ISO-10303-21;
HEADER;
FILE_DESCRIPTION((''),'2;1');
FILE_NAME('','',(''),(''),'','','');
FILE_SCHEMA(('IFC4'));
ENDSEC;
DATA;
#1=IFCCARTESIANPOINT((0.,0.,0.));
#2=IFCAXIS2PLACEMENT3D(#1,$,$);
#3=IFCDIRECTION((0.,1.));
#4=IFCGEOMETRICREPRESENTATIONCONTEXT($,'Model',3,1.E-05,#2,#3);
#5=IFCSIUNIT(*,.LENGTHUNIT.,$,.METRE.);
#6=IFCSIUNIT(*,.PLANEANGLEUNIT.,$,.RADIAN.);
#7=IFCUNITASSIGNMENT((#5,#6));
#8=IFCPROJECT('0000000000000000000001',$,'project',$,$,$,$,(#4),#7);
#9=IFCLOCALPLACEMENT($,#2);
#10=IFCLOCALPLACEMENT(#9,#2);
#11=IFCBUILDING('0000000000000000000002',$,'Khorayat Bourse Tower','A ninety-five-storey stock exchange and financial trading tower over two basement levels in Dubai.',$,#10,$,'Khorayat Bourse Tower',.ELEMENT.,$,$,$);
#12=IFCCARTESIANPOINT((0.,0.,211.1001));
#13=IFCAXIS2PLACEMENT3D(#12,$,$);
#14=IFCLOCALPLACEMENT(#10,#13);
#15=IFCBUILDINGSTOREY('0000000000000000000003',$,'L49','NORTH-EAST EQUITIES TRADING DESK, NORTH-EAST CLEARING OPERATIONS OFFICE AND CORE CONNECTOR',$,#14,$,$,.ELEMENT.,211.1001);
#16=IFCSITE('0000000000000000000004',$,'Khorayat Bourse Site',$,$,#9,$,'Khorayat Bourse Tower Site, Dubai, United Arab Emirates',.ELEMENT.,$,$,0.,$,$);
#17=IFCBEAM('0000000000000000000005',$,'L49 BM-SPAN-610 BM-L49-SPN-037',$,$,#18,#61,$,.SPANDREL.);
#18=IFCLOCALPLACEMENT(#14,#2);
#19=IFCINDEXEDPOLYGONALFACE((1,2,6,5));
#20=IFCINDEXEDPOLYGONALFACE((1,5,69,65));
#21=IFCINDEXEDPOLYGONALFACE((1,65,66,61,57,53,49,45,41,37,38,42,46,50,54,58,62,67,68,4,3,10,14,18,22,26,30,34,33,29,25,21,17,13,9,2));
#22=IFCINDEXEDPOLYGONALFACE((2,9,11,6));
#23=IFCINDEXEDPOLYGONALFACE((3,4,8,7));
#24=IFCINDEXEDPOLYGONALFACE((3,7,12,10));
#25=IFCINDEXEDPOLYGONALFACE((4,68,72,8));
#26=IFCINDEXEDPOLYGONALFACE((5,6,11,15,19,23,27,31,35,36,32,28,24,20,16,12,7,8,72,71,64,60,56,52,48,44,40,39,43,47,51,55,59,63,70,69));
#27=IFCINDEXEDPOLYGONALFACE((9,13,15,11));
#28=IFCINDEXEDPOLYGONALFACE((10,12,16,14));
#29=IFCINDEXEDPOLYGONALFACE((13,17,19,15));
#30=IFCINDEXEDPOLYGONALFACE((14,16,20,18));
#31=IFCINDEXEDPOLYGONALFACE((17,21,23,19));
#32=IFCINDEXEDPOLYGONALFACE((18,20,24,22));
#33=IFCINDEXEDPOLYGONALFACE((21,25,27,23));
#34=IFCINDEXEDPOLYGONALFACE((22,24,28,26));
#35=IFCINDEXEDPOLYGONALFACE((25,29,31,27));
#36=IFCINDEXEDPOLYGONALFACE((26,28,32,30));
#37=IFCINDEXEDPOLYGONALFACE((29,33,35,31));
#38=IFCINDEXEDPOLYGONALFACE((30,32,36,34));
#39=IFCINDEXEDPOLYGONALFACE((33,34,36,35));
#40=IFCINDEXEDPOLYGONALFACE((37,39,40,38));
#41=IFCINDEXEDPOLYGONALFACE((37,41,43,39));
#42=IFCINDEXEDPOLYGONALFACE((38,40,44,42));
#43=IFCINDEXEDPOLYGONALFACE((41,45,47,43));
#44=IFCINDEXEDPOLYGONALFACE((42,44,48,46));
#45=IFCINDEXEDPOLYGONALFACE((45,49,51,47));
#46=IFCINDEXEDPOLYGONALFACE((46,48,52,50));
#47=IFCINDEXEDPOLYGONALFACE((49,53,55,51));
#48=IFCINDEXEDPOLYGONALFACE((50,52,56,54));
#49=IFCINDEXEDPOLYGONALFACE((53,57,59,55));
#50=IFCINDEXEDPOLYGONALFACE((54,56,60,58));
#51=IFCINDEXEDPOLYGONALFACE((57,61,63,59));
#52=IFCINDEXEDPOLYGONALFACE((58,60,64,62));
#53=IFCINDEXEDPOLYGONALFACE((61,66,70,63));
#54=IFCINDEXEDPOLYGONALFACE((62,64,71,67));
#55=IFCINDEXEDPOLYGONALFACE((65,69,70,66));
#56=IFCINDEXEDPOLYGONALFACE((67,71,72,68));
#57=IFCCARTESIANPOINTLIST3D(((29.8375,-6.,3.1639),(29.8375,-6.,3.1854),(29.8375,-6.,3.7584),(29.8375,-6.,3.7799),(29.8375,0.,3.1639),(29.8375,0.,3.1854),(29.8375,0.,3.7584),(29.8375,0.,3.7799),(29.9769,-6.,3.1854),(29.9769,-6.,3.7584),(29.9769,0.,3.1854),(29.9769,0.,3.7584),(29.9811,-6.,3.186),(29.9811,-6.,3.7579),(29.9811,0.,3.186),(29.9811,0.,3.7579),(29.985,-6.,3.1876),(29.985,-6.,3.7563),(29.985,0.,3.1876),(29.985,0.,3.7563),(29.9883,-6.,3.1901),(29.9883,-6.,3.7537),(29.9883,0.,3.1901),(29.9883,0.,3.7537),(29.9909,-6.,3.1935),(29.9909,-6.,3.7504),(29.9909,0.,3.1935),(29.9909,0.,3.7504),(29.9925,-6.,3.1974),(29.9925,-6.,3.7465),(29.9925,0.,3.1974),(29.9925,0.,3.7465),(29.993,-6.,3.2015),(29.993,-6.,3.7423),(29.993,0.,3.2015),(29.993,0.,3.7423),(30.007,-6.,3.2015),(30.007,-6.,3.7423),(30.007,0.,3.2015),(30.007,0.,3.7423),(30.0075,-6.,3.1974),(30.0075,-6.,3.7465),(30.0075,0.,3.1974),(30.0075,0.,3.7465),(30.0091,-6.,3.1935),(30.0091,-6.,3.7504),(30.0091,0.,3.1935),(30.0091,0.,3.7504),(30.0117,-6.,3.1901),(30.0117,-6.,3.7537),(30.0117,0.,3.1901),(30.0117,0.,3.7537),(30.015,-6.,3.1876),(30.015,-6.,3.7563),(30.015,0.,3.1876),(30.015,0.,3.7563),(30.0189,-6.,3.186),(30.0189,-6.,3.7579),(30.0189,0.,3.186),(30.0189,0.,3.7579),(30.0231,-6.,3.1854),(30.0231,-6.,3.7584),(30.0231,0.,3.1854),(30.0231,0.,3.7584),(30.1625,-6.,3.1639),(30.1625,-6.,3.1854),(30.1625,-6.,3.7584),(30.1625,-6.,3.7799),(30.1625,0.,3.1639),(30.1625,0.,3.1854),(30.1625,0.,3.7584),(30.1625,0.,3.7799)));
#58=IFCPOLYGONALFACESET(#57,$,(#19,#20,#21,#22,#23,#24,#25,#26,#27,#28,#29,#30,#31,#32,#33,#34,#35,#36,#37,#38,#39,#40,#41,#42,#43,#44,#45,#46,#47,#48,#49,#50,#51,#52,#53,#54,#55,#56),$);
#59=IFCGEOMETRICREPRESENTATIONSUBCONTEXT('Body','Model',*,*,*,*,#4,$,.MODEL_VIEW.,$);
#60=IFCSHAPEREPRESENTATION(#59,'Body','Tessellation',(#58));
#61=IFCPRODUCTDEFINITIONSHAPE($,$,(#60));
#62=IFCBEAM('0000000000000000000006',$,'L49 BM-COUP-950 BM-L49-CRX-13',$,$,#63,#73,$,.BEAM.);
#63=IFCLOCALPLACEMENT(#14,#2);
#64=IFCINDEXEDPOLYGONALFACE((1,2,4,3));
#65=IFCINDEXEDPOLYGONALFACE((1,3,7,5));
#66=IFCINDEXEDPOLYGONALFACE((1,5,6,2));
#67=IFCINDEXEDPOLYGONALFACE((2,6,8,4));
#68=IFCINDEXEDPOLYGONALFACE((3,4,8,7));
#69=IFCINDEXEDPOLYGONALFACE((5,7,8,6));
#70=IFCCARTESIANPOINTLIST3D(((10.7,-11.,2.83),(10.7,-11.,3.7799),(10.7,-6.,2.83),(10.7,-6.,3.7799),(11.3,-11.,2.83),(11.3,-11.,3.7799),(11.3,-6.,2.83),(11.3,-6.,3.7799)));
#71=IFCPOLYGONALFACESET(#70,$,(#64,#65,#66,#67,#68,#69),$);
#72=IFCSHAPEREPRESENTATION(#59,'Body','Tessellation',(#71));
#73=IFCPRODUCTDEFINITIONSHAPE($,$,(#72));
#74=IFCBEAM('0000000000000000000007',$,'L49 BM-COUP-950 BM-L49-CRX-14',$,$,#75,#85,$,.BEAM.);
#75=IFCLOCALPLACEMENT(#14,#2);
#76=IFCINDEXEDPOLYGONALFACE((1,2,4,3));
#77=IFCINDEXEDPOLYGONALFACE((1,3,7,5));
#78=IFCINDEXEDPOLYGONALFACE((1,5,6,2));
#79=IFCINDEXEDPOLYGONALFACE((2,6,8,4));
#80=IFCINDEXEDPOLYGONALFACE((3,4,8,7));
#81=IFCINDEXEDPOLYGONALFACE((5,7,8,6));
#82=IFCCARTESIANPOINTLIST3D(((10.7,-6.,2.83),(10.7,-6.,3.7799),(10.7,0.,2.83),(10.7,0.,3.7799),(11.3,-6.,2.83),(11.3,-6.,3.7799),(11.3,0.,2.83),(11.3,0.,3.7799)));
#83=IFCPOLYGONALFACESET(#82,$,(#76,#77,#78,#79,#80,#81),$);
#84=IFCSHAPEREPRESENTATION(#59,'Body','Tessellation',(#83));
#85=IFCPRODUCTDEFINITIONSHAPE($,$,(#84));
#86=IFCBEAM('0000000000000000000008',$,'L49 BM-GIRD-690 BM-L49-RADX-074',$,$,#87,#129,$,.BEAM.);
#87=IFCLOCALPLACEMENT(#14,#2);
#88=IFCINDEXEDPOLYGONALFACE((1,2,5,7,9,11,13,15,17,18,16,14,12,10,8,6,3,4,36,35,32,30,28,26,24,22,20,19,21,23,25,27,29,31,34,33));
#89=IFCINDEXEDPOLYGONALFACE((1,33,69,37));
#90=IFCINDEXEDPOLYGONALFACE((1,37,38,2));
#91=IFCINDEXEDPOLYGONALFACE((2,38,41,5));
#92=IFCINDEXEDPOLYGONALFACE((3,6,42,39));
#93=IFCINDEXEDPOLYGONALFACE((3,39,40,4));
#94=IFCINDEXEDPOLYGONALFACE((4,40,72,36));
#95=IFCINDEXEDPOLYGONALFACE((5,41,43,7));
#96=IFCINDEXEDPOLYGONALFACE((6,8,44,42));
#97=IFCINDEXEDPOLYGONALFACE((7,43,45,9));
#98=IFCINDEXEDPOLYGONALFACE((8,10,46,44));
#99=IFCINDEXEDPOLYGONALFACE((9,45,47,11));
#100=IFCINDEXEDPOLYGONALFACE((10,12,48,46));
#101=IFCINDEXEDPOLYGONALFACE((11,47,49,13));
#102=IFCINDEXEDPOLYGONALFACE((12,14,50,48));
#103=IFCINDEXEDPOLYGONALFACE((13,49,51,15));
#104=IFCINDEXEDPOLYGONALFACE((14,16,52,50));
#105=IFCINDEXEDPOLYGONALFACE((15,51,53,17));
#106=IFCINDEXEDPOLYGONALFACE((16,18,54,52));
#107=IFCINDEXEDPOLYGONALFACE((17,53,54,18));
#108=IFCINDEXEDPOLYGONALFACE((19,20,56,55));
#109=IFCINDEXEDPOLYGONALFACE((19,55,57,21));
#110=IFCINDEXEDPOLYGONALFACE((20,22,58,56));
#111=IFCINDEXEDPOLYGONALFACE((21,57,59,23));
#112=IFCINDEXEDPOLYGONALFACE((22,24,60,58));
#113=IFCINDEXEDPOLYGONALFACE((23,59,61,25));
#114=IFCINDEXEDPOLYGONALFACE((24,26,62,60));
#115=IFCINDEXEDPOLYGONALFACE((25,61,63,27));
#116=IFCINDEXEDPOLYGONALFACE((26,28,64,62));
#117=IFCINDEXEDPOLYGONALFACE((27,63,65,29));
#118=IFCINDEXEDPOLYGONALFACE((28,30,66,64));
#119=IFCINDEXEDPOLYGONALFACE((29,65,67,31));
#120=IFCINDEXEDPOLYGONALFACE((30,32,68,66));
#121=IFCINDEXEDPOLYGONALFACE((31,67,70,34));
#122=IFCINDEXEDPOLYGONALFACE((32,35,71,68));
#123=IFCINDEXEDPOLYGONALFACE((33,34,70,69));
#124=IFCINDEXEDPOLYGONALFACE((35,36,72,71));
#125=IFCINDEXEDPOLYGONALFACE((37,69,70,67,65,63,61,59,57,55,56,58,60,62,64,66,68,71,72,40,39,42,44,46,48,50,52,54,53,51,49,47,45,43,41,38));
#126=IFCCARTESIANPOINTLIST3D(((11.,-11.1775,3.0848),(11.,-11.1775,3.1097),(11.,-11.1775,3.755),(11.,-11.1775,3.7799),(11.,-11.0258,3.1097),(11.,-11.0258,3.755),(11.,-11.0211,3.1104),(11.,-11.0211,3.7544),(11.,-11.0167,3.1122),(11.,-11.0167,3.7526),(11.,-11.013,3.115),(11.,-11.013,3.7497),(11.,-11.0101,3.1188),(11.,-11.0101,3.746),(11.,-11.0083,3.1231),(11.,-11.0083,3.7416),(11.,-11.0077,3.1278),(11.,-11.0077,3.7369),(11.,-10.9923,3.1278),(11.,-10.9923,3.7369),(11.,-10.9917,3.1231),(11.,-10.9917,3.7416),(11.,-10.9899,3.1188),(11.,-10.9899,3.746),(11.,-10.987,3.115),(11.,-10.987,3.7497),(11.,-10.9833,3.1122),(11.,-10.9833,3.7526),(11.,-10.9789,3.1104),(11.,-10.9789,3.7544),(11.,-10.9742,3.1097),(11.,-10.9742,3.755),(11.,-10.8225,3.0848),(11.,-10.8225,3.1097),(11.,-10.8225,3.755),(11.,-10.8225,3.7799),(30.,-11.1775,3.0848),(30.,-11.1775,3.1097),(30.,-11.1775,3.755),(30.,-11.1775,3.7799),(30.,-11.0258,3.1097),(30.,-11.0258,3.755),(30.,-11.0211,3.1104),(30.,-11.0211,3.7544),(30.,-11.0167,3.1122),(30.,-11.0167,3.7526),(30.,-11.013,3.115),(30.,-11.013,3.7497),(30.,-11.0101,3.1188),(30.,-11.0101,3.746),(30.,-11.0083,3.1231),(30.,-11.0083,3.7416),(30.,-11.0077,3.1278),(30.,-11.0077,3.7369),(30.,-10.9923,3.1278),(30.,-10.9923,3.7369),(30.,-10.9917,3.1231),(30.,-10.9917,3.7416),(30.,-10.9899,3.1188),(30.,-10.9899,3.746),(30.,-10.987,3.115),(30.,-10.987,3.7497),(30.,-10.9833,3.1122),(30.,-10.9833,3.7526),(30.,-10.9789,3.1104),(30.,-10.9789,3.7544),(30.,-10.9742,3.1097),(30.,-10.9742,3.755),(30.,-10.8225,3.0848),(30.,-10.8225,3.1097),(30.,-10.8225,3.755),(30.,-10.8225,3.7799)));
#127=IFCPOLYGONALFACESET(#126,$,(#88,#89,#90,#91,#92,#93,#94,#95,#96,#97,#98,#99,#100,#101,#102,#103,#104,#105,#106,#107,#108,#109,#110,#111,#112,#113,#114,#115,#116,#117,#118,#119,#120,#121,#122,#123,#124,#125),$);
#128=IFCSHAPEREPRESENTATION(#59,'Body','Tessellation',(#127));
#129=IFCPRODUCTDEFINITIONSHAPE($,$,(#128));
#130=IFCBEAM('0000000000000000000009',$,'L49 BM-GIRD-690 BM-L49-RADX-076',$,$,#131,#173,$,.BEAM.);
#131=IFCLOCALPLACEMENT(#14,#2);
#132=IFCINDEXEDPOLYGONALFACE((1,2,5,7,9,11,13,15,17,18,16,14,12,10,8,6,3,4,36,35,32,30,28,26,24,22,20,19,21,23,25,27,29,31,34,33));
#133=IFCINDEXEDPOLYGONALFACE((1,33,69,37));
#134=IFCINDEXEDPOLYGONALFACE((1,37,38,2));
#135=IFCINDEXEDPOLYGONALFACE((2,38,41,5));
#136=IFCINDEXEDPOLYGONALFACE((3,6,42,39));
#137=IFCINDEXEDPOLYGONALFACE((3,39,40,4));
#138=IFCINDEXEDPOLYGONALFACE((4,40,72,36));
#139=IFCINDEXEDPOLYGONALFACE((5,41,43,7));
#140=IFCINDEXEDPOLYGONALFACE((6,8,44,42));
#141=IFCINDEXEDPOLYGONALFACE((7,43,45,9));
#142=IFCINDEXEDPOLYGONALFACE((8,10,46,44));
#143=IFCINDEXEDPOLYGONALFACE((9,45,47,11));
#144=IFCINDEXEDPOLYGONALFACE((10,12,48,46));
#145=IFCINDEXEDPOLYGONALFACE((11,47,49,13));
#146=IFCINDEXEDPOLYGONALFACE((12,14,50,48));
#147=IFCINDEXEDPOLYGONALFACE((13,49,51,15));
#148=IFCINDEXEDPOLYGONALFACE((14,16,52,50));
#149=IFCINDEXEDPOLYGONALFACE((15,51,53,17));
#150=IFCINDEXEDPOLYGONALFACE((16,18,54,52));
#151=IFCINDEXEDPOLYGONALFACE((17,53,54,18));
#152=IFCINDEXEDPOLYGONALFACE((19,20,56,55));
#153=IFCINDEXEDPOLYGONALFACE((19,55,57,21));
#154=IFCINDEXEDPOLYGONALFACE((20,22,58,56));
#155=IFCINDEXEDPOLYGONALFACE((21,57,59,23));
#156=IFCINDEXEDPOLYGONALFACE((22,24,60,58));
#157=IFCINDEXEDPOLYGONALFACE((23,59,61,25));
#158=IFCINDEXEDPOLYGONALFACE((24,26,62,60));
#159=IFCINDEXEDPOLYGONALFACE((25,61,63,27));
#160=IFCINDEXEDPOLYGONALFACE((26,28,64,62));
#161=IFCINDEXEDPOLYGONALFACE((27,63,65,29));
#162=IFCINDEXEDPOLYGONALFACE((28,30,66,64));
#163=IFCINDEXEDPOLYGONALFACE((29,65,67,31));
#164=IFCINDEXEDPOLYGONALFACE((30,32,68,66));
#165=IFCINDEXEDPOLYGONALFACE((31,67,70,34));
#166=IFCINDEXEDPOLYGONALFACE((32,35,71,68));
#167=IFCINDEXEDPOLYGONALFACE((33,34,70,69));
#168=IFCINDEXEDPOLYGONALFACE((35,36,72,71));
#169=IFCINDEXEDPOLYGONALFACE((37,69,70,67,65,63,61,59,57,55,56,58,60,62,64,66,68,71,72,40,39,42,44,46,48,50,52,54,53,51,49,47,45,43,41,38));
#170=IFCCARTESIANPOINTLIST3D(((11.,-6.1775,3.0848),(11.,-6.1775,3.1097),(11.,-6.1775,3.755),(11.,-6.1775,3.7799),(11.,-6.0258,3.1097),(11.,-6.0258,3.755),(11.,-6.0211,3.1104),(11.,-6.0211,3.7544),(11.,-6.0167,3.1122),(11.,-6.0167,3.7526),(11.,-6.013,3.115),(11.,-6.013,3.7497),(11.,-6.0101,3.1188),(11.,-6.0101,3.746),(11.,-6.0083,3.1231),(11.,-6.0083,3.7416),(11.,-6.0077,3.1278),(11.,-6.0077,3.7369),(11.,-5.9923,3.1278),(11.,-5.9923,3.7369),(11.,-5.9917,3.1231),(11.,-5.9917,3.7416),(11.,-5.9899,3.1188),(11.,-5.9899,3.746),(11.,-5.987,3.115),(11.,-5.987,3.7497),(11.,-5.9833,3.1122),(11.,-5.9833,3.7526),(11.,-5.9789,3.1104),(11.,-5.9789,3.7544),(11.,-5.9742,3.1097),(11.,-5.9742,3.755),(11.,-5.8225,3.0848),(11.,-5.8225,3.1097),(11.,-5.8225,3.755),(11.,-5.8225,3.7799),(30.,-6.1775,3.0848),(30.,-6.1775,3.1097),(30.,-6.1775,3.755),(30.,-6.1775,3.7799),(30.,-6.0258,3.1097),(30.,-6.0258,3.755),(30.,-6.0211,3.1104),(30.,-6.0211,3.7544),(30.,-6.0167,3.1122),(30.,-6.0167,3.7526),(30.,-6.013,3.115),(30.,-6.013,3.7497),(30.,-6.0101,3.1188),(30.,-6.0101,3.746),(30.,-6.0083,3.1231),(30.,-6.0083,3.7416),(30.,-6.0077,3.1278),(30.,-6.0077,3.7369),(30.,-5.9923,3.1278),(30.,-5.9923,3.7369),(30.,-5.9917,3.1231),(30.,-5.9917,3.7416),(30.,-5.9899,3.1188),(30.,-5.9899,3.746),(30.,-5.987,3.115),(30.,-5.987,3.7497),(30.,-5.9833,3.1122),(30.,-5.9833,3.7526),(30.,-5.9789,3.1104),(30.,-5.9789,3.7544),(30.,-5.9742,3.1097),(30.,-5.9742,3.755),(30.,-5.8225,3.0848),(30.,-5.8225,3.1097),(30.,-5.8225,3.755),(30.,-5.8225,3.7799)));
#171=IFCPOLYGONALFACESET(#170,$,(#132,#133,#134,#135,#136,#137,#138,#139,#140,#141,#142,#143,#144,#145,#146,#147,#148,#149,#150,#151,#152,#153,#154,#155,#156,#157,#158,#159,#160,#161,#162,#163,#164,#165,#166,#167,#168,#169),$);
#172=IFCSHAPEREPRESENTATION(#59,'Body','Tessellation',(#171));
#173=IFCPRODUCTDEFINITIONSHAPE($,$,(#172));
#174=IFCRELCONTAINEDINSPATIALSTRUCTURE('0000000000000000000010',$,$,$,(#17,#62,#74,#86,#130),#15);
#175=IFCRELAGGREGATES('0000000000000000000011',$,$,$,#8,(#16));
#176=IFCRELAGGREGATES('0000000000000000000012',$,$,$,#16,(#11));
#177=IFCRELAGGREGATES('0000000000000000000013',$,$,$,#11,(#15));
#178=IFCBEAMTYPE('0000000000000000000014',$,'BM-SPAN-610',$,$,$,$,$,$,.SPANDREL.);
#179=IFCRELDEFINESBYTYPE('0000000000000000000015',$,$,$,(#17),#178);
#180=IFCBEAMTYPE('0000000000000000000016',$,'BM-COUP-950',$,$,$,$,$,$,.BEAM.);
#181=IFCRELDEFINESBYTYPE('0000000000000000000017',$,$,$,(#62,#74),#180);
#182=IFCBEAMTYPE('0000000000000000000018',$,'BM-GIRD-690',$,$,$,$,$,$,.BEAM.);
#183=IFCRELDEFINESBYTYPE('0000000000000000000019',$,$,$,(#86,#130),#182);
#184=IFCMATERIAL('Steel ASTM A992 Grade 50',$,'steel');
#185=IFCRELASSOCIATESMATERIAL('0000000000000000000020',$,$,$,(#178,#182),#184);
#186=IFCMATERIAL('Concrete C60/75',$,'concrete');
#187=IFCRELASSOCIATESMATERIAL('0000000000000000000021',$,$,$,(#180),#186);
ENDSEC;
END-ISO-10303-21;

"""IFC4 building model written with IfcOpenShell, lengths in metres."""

from ifc_helpers import new_model, si_unit, direction, frame, origin, origin_2d, place, context, subcontext, project, spatial, rectangle, i_section, extrude, source, transform, mapped, material, material_profile, profile_set, type_object, element, save


model = new_model("IFC4")

# Units and contexts
model_context = context("Model", 3, precision=1e-05, world=origin(), true_north=direction((0.0, 1.0)))
body_context = subcontext(model_context, "Body", "Model", "MODEL_VIEW")
ifc_project = project(units=[si_unit("LENGTHUNIT", "METRE"), si_unit("PLANEANGLEUNIT", "RADIAN")], contexts=[model_context])

# Site, building, storey
site_placement = place(None, origin())
site = spatial("IfcSite", under=ifc_project, at=site_placement, Name="Khorayat Bourse Site", LongName="Khorayat Bourse Tower Site, Dubai, United Arab Emirates", CompositionType="ELEMENT", RefElevation=0.0)
building_placement = place(site_placement, origin())
building = spatial("IfcBuilding", under=site, at=building_placement, Name="Khorayat Bourse Tower", Description="A ninety-five-storey stock exchange and financial trading tower over two basement levels in Dubai.", LongName="Khorayat Bourse Tower", CompositionType="ELEMENT")
storey_placement = place(building_placement, frame((0.0, 0.0, 211.1001)))
storey = spatial("IfcBuildingStorey", under=building, at=storey_placement, Name="L49", Description="NORTH-EAST EQUITIES TRADING DESK, NORTH-EAST CLEARING OPERATIONS OFFICE AND CORE CONNECTOR", CompositionType="ELEMENT", Elevation=211.1001)

# Shared definitions
ifc_material_1 = material(Name="Concrete C60/75", Category="concrete")

# Beams
ifc_material_2 = material(Name="Steel ASTM A992 Grade 50", Category="steel")
ifc_material_profile_1 = material_profile(ifc_material_2, i_section(OverallWidth=0.325, OverallDepth=0.616, WebThickness=0.0139, FlangeThickness=0.0215, FilletRadius=0.0161, at=origin_2d()), Name="W610X174")
ifc_profile_set_1 = profile_set([ifc_material_profile_1], Name="Steel ASTM A992 Grade 50")
beam_type_1 = type_object("IfcBeamType", Name="BM-SPAN-610", PredefinedType="SPANDREL", material=ifc_profile_set_1)
shared_shape_1 = source(origin(), body_context, "Body", "SweptSolid", [
    extrude(i_section(OverallWidth=0.325, OverallDepth=0.616, WebThickness=0.0139, FlangeThickness=0.0215, FilletRadius=0.0161, at=origin_2d()), origin(), (0.0, 0.0, 1.0), 6.0),
])
beam_1_placement = place(storey_placement, frame((30.0, -6.0, 3.4719), z_axis=(0.0, 1.0, 0.0), x_axis=(-1.0, 0.0, 0.0)))
element("IfcBeam", 1, at=beam_1_placement, inside=storey, type_object=beam_type_1, Name="L49 BM-SPAN-610 BM-L49-SPN-037", PredefinedType="SPANDREL", context=body_context, shape_type="MappedRepresentation", body=[
    mapped(shared_shape_1, transform((0.0, 0.0, 0.0), scale=1.0)),
])
ifc_material_profile_2 = material_profile(ifc_material_1, rectangle(XDim=0.6001, YDim=0.95, at=origin_2d()), Name="RC 600x950")
ifc_profile_set_2 = profile_set([ifc_material_profile_2], Name="Concrete C60/75")
beam_type_2 = type_object("IfcBeamType", Name="BM-COUP-950", PredefinedType="BEAM", material=ifc_profile_set_2)
shared_shape_2 = source(origin(), body_context, "Body", "SweptSolid", [
    extrude(rectangle(XDim=0.6001, YDim=0.95, at=origin_2d()), origin(), (0.0, 0.0, 1.0), 5.0),
])
beam_2_placement = place(storey_placement, frame((11.0, -11.0, 3.3049), z_axis=(0.0, 1.0, 0.0), x_axis=(-1.0, 0.0, 0.0)))
element("IfcBeam", 2, at=beam_2_placement, inside=storey, type_object=beam_type_2, Name="L49 BM-COUP-950 BM-L49-CRX-13", PredefinedType="BEAM", context=body_context, shape_type="MappedRepresentation", body=[
    mapped(shared_shape_2, transform((0.0, 0.0, 0.0), scale=1.0)),
])
shared_shape_3 = source(origin(), body_context, "Body", "SweptSolid", [
    extrude(rectangle(XDim=0.6001, YDim=0.95, at=origin_2d()), origin(), (0.0, 0.0, 1.0), 6.0),
])
beam_3_placement = place(storey_placement, frame((11.0, -6.0, 3.3049), z_axis=(0.0, 1.0, 0.0), x_axis=(-1.0, 0.0, 0.0)))
element("IfcBeam", 3, at=beam_3_placement, inside=storey, type_object=beam_type_2, Name="L49 BM-COUP-950 BM-L49-CRX-14", PredefinedType="BEAM", context=body_context, shape_type="MappedRepresentation", body=[
    mapped(shared_shape_3, transform((0.0, 0.0, 0.0), scale=1.0)),
])
ifc_material_profile_3 = material_profile(ifc_material_2, i_section(OverallWidth=0.355, OverallDepth=0.6951, WebThickness=0.0154, FlangeThickness=0.0249, FilletRadius=0.0181, at=origin_2d()), Name="W690X217")
ifc_profile_set_3 = profile_set([ifc_material_profile_3], Name="Steel ASTM A992 Grade 50")
beam_type_3 = type_object("IfcBeamType", Name="BM-GIRD-690", PredefinedType="BEAM", material=ifc_profile_set_3)
shared_shape_4 = source(origin(), body_context, "Body", "SweptSolid", [
    extrude(i_section(OverallWidth=0.355, OverallDepth=0.6951, WebThickness=0.0154, FlangeThickness=0.0249, FilletRadius=0.0181, at=origin_2d()), origin(), (0.0, 0.0, 1.0), 19.0),
])
for number, where, z_axis, x_axis, name in (
    (4, (11.0, -11.0, 3.4324), (1.0, 0.0, 0.0), (0.0, 1.0, 0.0), "L49 BM-GIRD-690 BM-L49-RADX-074"),
    (5, (11.0, -6.0, 3.4324), (1.0, 0.0, 0.0), (0.0, 1.0, 0.0), "L49 BM-GIRD-690 BM-L49-RADX-076"),
):
    element("IfcBeam", number, at=place(storey_placement, frame(where, z_axis=z_axis, x_axis=x_axis)), inside=storey, type_object=beam_type_3, Name=name, PredefinedType="BEAM", context=body_context, shape_type="MappedRepresentation", body=[
        mapped(shared_shape_4, transform((0.0, 0.0, 0.0), scale=1.0)),
    ])

save(model, "model.ifc")
